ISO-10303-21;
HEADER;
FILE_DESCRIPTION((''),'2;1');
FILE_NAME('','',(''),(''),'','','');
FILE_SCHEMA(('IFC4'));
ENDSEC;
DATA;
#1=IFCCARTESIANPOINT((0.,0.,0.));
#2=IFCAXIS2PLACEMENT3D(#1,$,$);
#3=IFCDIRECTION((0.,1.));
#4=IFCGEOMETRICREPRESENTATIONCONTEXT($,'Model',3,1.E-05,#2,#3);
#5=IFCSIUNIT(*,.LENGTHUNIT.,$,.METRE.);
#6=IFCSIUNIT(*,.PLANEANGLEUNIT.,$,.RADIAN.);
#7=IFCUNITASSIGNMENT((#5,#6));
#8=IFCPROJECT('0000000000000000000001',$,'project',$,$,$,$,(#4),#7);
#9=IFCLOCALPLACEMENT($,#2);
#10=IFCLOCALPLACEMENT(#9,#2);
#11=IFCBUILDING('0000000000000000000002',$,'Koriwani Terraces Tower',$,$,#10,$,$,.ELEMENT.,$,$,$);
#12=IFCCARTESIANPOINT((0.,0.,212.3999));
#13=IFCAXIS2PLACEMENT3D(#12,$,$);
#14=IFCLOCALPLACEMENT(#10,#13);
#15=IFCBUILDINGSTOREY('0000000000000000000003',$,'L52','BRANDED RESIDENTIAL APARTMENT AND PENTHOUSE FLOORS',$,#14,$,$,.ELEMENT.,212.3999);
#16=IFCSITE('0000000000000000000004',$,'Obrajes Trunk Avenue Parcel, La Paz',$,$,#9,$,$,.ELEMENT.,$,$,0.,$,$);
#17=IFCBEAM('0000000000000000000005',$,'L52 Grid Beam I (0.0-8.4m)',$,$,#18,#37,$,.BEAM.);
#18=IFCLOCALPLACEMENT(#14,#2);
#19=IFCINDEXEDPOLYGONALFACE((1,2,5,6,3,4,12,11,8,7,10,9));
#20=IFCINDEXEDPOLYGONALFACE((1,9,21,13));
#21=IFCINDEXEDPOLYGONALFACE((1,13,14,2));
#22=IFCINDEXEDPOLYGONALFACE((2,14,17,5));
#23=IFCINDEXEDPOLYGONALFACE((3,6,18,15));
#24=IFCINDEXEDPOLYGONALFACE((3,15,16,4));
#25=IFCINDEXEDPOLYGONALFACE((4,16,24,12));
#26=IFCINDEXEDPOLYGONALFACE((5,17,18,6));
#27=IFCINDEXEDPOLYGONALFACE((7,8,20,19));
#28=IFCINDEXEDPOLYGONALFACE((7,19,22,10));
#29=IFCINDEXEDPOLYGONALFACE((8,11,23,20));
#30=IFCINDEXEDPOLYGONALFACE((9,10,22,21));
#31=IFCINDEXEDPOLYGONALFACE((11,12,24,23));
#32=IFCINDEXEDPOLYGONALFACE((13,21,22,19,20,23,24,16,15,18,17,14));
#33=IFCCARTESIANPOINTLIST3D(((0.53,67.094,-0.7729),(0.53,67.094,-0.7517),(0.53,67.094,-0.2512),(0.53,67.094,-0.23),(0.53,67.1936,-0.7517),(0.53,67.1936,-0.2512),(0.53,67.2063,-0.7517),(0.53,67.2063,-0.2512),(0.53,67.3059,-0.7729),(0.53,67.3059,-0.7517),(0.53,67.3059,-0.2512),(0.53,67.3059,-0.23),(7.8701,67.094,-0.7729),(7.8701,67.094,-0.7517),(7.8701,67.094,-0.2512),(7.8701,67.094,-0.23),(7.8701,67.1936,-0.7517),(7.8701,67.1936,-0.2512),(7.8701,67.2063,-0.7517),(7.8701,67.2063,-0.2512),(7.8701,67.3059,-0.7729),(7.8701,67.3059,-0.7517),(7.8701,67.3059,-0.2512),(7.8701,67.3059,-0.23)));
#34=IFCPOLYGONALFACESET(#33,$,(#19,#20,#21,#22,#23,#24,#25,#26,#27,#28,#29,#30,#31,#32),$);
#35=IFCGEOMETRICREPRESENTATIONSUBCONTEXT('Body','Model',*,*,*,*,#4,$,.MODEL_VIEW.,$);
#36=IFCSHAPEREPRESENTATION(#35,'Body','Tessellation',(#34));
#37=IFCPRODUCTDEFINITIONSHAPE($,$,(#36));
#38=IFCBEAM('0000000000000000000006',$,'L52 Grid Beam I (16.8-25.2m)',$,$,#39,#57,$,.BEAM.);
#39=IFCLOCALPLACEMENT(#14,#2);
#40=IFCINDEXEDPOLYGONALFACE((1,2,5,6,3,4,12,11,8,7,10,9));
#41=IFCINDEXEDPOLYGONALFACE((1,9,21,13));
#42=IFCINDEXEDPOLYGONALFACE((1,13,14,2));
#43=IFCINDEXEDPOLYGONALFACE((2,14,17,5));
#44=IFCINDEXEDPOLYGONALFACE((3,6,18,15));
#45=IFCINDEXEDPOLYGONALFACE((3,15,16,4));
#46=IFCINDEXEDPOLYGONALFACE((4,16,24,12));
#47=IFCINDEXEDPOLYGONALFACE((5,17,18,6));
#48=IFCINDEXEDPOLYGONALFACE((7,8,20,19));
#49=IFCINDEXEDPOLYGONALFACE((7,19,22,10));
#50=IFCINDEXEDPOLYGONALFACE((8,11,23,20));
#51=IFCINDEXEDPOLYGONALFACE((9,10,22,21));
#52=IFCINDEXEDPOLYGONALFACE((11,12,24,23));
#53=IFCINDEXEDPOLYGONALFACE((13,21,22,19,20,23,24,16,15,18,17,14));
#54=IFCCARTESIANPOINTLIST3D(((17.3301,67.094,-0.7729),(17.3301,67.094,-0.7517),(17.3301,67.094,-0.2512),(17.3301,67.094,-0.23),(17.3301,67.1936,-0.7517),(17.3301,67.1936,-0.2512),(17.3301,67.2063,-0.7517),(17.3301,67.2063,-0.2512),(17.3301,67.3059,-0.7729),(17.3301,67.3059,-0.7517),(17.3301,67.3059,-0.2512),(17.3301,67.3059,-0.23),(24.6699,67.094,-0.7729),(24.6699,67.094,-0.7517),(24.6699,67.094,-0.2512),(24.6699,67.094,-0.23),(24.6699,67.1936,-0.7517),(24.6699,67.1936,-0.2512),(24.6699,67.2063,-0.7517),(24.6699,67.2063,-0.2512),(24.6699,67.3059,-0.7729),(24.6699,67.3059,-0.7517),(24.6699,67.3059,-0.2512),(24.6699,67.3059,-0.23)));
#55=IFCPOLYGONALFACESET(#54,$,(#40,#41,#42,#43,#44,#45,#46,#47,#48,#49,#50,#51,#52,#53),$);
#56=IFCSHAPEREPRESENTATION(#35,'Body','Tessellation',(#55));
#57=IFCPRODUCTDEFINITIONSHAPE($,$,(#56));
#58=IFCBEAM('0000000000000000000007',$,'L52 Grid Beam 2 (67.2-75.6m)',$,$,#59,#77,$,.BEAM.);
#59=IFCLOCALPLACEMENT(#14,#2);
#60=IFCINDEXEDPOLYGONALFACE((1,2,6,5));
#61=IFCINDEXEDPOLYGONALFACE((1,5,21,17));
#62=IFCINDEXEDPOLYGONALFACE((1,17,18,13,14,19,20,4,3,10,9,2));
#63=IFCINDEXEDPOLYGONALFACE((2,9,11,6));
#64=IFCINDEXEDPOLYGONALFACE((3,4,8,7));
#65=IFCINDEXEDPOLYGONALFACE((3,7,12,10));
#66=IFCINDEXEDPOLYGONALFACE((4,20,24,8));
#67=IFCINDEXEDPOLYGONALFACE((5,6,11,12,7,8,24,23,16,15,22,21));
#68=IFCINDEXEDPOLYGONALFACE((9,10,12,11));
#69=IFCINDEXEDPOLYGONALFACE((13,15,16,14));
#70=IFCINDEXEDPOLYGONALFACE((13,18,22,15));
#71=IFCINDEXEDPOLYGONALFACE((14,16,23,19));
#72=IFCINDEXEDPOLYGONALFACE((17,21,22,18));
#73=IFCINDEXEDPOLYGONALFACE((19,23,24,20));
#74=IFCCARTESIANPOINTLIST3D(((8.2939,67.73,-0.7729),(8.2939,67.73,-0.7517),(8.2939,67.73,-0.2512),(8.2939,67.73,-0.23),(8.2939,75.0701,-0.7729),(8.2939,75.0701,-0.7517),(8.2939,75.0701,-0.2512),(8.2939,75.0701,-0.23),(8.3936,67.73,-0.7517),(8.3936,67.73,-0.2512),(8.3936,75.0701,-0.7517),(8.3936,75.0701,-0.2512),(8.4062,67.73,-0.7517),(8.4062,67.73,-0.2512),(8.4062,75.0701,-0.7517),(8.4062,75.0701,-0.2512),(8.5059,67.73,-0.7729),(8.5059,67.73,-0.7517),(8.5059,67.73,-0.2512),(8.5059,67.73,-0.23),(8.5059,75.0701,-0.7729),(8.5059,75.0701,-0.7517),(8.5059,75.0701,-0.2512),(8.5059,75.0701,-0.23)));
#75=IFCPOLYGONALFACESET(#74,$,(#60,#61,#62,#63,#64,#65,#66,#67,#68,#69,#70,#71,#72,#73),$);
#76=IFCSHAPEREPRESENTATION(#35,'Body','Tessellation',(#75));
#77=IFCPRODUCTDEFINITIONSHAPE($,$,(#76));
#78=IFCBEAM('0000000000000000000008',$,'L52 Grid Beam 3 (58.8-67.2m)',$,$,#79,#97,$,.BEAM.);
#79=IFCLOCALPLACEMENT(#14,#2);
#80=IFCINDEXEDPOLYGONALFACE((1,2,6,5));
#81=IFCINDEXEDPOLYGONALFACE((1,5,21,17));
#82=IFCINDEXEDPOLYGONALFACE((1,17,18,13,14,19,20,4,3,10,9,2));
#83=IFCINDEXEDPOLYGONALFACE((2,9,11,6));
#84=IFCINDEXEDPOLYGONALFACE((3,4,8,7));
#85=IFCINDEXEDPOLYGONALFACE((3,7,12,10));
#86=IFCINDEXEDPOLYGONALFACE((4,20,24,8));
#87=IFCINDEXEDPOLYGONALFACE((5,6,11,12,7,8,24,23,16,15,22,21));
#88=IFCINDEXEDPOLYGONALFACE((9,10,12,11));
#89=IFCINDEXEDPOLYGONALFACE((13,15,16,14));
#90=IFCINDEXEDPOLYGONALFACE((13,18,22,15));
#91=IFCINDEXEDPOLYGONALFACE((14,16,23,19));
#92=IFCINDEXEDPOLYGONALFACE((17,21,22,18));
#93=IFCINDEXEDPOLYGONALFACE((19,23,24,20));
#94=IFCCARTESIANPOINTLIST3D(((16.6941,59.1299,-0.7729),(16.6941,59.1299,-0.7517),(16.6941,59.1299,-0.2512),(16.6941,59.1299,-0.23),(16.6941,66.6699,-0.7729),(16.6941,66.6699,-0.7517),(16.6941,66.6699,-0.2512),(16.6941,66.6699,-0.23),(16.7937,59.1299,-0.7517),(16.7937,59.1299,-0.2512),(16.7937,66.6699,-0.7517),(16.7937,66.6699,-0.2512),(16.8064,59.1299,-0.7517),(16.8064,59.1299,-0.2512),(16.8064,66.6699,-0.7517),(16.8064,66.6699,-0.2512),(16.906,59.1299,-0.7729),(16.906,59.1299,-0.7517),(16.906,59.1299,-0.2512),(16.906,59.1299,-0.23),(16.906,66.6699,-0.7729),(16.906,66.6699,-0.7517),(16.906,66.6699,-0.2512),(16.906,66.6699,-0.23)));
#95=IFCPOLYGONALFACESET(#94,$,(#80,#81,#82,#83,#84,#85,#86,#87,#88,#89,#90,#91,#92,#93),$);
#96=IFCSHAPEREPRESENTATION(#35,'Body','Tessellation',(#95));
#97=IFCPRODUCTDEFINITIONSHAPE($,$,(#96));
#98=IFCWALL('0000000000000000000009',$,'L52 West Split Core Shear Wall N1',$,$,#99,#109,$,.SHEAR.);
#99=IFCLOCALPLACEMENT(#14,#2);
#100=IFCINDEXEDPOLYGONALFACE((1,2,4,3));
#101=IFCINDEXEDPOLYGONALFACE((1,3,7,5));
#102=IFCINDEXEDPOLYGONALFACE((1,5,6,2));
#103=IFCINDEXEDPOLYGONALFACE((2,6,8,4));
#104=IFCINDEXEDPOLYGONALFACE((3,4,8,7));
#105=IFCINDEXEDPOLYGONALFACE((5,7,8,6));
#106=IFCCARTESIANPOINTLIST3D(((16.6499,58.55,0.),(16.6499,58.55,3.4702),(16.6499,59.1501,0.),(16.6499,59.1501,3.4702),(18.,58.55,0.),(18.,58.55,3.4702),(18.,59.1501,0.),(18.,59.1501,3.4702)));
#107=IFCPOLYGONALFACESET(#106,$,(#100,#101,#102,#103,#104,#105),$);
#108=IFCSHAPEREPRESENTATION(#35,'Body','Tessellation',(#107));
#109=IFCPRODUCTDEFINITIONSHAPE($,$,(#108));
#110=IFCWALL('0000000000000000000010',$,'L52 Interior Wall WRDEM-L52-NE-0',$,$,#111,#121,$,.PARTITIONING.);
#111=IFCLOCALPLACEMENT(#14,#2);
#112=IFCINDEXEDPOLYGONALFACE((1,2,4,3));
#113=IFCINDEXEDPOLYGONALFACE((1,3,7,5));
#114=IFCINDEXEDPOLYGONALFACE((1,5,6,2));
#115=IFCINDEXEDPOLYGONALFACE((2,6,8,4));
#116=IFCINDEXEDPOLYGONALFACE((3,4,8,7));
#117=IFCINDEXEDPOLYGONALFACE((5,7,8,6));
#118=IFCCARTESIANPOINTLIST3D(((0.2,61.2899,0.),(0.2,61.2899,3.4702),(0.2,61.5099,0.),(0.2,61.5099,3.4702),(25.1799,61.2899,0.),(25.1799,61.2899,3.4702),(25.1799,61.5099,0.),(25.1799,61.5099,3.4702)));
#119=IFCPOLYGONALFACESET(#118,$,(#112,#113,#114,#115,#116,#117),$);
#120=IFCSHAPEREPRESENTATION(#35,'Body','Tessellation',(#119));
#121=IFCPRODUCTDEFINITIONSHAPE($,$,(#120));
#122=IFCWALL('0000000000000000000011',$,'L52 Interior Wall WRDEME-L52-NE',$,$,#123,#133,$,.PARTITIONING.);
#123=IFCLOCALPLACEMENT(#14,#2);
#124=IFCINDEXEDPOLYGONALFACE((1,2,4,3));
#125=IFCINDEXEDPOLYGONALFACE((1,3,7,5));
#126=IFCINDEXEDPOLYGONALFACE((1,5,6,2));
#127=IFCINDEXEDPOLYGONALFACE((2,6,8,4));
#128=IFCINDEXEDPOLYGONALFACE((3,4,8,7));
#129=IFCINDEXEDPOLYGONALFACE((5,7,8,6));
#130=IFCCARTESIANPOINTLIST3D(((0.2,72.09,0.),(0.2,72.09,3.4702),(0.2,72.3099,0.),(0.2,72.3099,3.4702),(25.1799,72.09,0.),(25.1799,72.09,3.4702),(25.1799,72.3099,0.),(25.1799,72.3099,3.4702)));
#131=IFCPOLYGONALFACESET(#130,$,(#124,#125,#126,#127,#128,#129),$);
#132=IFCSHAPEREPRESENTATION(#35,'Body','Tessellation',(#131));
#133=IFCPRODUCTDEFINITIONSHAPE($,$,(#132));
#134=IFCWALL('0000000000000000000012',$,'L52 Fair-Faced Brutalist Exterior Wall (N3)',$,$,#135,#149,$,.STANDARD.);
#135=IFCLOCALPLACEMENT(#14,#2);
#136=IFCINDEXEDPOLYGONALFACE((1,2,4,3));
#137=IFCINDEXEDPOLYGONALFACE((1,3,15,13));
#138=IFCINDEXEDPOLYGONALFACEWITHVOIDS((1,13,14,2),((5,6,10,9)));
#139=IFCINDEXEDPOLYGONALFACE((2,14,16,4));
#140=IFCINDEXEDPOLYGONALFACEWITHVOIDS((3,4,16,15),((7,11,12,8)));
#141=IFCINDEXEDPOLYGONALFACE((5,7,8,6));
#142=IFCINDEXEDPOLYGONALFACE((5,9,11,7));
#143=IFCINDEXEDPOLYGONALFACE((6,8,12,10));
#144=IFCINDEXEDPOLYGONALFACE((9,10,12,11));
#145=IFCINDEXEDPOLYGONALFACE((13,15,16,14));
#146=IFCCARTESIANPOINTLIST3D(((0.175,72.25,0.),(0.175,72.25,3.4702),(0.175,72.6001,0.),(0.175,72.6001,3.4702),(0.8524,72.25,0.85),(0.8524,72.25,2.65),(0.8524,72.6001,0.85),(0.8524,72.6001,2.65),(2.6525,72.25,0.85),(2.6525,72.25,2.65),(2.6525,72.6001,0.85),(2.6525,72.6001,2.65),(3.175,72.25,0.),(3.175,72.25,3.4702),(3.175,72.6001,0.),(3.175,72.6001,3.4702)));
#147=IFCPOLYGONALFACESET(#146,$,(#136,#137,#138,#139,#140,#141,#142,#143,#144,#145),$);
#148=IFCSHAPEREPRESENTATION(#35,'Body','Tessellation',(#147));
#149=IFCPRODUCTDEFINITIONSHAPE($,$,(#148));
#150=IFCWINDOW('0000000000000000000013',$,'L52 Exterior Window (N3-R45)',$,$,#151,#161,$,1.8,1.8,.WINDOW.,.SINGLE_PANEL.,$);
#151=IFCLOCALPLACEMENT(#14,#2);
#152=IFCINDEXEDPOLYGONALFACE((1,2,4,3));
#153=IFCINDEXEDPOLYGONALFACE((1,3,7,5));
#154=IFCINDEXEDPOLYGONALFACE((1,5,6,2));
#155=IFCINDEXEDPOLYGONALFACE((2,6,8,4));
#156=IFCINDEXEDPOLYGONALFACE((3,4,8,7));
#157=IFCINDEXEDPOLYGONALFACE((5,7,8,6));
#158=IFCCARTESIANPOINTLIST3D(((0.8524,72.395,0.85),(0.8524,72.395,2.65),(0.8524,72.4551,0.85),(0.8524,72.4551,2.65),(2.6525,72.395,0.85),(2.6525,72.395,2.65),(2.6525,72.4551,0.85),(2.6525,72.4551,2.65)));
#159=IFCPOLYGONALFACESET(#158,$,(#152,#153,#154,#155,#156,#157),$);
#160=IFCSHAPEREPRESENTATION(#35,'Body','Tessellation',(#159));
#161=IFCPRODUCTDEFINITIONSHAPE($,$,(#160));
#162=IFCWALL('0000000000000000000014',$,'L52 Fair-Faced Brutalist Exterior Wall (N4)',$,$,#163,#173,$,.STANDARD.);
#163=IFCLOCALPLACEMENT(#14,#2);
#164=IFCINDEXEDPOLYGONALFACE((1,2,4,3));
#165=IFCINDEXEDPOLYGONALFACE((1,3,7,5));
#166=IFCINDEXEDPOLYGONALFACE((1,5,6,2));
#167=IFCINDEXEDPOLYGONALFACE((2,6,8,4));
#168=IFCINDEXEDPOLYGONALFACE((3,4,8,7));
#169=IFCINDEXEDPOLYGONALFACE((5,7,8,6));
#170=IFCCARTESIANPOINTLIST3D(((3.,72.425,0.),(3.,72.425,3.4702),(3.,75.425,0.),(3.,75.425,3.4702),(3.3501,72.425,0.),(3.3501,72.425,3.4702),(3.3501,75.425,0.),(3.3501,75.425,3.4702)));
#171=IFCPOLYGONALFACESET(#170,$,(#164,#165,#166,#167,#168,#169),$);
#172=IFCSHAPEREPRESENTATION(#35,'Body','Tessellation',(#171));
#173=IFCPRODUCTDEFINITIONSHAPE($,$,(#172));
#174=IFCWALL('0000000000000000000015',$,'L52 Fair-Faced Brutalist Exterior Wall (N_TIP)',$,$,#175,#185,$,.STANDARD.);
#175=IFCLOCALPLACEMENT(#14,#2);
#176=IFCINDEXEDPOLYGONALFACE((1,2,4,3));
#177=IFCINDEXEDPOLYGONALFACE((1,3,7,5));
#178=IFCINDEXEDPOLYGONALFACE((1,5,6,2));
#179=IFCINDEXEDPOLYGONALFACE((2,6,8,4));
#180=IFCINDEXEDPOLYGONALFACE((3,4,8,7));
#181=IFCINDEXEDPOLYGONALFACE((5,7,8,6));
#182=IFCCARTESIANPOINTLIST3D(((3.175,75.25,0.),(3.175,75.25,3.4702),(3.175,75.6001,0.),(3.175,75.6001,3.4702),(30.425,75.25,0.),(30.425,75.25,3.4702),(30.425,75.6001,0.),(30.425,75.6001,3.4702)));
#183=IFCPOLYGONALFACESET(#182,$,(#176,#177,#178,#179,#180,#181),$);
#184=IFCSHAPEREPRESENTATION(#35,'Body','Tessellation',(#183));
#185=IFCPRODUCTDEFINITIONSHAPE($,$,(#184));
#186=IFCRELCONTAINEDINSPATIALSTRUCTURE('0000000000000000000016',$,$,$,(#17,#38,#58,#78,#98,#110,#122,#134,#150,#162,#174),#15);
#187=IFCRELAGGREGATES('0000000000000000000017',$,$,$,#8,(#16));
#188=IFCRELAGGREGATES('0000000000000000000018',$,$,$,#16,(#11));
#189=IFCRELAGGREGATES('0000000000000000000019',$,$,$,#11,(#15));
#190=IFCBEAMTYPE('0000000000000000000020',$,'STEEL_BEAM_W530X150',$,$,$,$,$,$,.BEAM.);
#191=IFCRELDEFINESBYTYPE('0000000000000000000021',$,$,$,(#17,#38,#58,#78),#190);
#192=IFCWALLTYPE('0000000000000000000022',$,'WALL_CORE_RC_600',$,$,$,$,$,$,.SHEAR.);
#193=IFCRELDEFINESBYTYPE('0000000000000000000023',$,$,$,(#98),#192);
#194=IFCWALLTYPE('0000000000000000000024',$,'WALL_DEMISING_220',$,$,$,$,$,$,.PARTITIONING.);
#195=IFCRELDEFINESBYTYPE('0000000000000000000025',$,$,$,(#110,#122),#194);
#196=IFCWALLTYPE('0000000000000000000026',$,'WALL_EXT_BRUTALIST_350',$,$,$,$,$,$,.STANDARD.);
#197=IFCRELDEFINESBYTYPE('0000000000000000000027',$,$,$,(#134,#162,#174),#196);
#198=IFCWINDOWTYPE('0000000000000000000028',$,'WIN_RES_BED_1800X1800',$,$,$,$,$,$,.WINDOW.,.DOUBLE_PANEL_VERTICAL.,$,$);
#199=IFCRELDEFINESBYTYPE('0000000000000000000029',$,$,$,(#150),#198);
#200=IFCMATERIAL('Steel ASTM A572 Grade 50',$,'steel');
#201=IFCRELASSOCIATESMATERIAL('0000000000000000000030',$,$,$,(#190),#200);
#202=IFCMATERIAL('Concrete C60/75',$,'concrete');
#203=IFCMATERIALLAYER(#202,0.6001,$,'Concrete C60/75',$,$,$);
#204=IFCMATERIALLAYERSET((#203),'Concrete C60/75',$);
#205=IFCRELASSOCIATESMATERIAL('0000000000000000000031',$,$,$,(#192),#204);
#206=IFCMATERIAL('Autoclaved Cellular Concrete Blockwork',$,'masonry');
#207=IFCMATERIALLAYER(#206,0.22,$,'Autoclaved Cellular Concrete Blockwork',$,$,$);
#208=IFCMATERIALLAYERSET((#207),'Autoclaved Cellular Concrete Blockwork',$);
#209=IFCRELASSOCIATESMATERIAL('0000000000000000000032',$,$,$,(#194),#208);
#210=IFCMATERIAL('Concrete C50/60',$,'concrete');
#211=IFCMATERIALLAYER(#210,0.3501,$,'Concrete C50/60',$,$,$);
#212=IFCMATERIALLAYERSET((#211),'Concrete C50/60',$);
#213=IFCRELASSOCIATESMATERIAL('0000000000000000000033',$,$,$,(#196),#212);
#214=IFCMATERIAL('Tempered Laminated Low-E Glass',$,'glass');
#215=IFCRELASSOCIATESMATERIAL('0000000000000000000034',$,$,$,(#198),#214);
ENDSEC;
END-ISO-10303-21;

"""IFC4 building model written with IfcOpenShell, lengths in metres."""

from ifc_helpers import new_model, si_unit, direction, frame, frame_2d, origin, origin_2d, place, context, subcontext, project, spatial, rectangle, i_section, extrude, material, layer, layer_set, material_profile, profile_set, type_object, element, fill, save


model = new_model("IFC4")

# Units and contexts
model_context = context("Model", 3, precision=1e-05, world=origin(), true_north=direction((0.0, 1.0)))
body_context = subcontext(model_context, "Body", "Model", "MODEL_VIEW")
ifc_project = project(units=[si_unit("LENGTHUNIT", "METRE"), si_unit("PLANEANGLEUNIT", "RADIAN")], contexts=[model_context])

# Site, building, storey
site_placement = place(None, origin())
site = spatial("IfcSite", under=ifc_project, at=site_placement, Name="Obrajes Trunk Avenue Parcel, La Paz", CompositionType="ELEMENT", RefElevation=0.0)
building_placement = place(site_placement, origin())
building = spatial("IfcBuilding", under=site, at=building_placement, Name="Koriwani Terraces Tower", CompositionType="ELEMENT")
storey_placement = place(building_placement, frame((0.0, 0.0, 212.3999)))
storey = spatial("IfcBuildingStorey", under=building, at=storey_placement, Name="L52", Description="BRANDED RESIDENTIAL APARTMENT AND PENTHOUSE FLOORS", CompositionType="ELEMENT", Elevation=212.3999)

# Shared definitions
ifc_material_1 = material(Name="Concrete C50/60", Category="concrete")

# Beams
ifc_material_2 = material(Name="Concrete C60/75", Category="concrete")
ifc_material_3 = material(Name="Steel ASTM A572 Grade 50", Category="steel")
ifc_material_profile_1 = material_profile(ifc_material_3, i_section(OverallWidth=0.2119, OverallDepth=0.543, WebThickness=0.0127, FlangeThickness=0.0212, at=origin_2d()), Name="Steel ASTM A572 Grade 50", Category="LoadBearing")
ifc_profile_set_1 = profile_set([ifc_material_profile_1], Name="Steel ASTM A572 Grade 50")
beam_type_1 = type_object("IfcBeamType", Name="STEEL_BEAM_W530X150", PredefinedType="BEAM", material=ifc_profile_set_1)
beam_1_placement = place(storey_placement, frame((0.53, 67.2, -0.5015), z_axis=(1.0, 0.0, 0.0), x_axis=(0.0, 1.0, 0.0)))
element("IfcBeam", 1, at=beam_1_placement, inside=storey, type_object=beam_type_1, Name="L52 Grid Beam I (0.0-8.4m)", PredefinedType="BEAM", context=body_context, shape_type="SweptSolid", body=[
    extrude(i_section(OverallWidth=0.2119, OverallDepth=0.543, WebThickness=0.0127, FlangeThickness=0.0212, at=origin_2d()), origin(), (0.0, 0.0, 1.0), 7.3401),
])
beam_2_placement = place(storey_placement, frame((17.3301, 67.2, -0.5015), z_axis=(1.0, 0.0, 0.0), x_axis=(0.0, 1.0, 0.0)))
element("IfcBeam", 2, at=beam_2_placement, inside=storey, type_object=beam_type_1, Name="L52 Grid Beam I (16.8-25.2m)", PredefinedType="BEAM", context=body_context, shape_type="SweptSolid", body=[
    extrude(i_section(OverallWidth=0.2119, OverallDepth=0.543, WebThickness=0.0127, FlangeThickness=0.0212, at=origin_2d()), origin(), (0.0, 0.0, 1.0), 7.3398),
])
beam_3_placement = place(storey_placement, frame((8.3999, 67.73, -0.5015), z_axis=(0.0, 1.0, 0.0), x_axis=(-1.0, 0.0, 0.0)))
element("IfcBeam", 3, at=beam_3_placement, inside=storey, type_object=beam_type_1, Name="L52 Grid Beam 2 (67.2-75.6m)", PredefinedType="BEAM", context=body_context, shape_type="SweptSolid", body=[
    extrude(i_section(OverallWidth=0.2119, OverallDepth=0.543, WebThickness=0.0127, FlangeThickness=0.0212, at=origin_2d()), origin(), (0.0, 0.0, 1.0), 7.3401),
])
beam_4_placement = place(storey_placement, frame((16.8, 59.1299, -0.5015), z_axis=(0.0, 1.0, 0.0), x_axis=(-1.0, 0.0, 0.0)))
element("IfcBeam", 4, at=beam_4_placement, inside=storey, type_object=beam_type_1, Name="L52 Grid Beam 3 (58.8-67.2m)", PredefinedType="BEAM", context=body_context, shape_type="SweptSolid", body=[
    extrude(i_section(OverallWidth=0.2119, OverallDepth=0.543, WebThickness=0.0127, FlangeThickness=0.0212, at=origin_2d()), origin(), (0.0, 0.0, 1.0), 7.54),
])

# Walls
ifc_layer_1 = layer(ifc_material_2, 0.6001, Name="Concrete C60/75")
ifc_layer_set_1 = layer_set([ifc_layer_1], Name="Concrete C60/75")
wall_type_1 = type_object("IfcWallType", Name="WALL_CORE_RC_600", PredefinedType="SHEAR", material=ifc_layer_set_1)
wall_1_placement = place(storey_placement, frame((16.6499, 58.8501, 0.0), z_axis=(0.0, 0.0, 1.0), x_axis=(1.0, 0.0, 0.0)))
element("IfcWall", 5, at=wall_1_placement, inside=storey, type_object=wall_type_1, Name="L52 West Split Core Shear Wall N1", PredefinedType="SHEAR", context=body_context, shape_type="SweptSolid", body=[
    extrude(rectangle(XDim=1.3501, YDim=0.6001, at=frame_2d((0.675, 0.0))), origin(), (0.0, 0.0, 1.0), 3.4702),
])
ifc_material_4 = material(Name="Autoclaved Cellular Concrete Blockwork", Category="masonry")
ifc_layer_2 = layer(ifc_material_4, 0.22, Name="Autoclaved Cellular Concrete Blockwork")
ifc_layer_set_2 = layer_set([ifc_layer_2], Name="Autoclaved Cellular Concrete Blockwork")
wall_type_2 = type_object("IfcWallType", Name="WALL_DEMISING_220", PredefinedType="PARTITIONING", material=ifc_layer_set_2)
for number, where, z_axis, x_axis, name in (
    (6, (0.2, 61.3999, 0.0), (0.0, 0.0, 1.0), (1.0, 0.0, 0.0), "L52 Interior Wall WRDEM-L52-NE-0"),
    (7, (0.2, 72.2, 0.0), (0.0, 0.0, 1.0), (1.0, 0.0, 0.0), "L52 Interior Wall WRDEME-L52-NE"),
):
    element("IfcWall", number, at=place(storey_placement, frame(where, z_axis=z_axis, x_axis=x_axis)), inside=storey, type_object=wall_type_2, Name=name, PredefinedType="PARTITIONING", context=body_context, shape_type="SweptSolid", body=[
        extrude(rectangle(XDim=24.98, YDim=0.22, at=frame_2d((12.49, 0.0))), origin(), (0.0, 0.0, 1.0), 3.4702),
    ])

# Wall, opening, window
ifc_layer_3 = layer(ifc_material_1, 0.3501, Name="Concrete C50/60")
ifc_layer_set_3 = layer_set([ifc_layer_3], Name="Concrete C50/60")
wall_type_3 = type_object("IfcWallType", Name="WALL_EXT_BRUTALIST_350", PredefinedType="STANDARD", material=ifc_layer_set_3)
wall_2_placement = place(storey_placement, frame((0.175, 72.425, 0.0), z_axis=(0.0, 0.0, 1.0), x_axis=(1.0, 0.0, 0.0)))
wall_2 = element("IfcWall", 8, at=wall_2_placement, inside=storey, type_object=wall_type_3, Name="L52 Fair-Faced Brutalist Exterior Wall (N3)", PredefinedType="STANDARD", context=body_context, shape_type="SweptSolid", body=[
    extrude(rectangle(XDim=3.0, YDim=0.3501, at=frame_2d((1.5, 0.0))), origin(), (0.0, 0.0, 1.0), 3.4702),
])
opening_1_placement = place(wall_2_placement, frame((0.6775, 0.0, 0.8501)))
opening_1 = element("IfcOpeningElement", 9, at=opening_1_placement, cuts=wall_2, PredefinedType="OPENING", context=body_context, shape_type="SweptSolid", body=[
    extrude(rectangle(XDim=1.8, YDim=1.8, at=frame_2d((0.8999, 0.8999))), frame((0.0, 0.1851, 0.0), z_axis=(0.0, -1.0, 0.0), x_axis=(1.0, 0.0, 0.0)), (0.0, 0.0, 1.0), 0.3701),
])
ifc_material_5 = material(Name="Tempered Laminated Low-E Glass", Category="glass")
window_type = type_object("IfcWindowType", Name="WIN_RES_BED_1800X1800", PartitioningType="DOUBLE_PANEL_VERTICAL", PredefinedType="WINDOW", material=ifc_material_5)
window_placement = place(opening_1_placement, origin())
window = element("IfcWindow", 10, at=window_placement, inside=storey, type_object=window_type, Name="L52 Exterior Window (N3-R45)", OverallHeight=1.8, OverallWidth=1.8, PartitioningType="SINGLE_PANEL", PredefinedType="WINDOW", context=body_context, shape_type="SweptSolid", body=[
    extrude(rectangle(XDim=1.8, YDim=1.8, at=frame_2d((0.8999, 0.8999))), frame((0.0, 0.03, 0.0), z_axis=(0.0, -1.0, 0.0), x_axis=(1.0, 0.0, 0.0)), (0.0, 0.0, 1.0), 0.0601),
])
fill(opening_1, window)

# Walls
wall_3_placement = place(storey_placement, frame((3.175, 72.425, 0.0), z_axis=(0.0, 0.0, 1.0), x_axis=(0.0, 1.0, 0.0)))
element("IfcWall", 11, at=wall_3_placement, inside=storey, type_object=wall_type_3, Name="L52 Fair-Faced Brutalist Exterior Wall (N4)", PredefinedType="STANDARD", context=body_context, shape_type="SweptSolid", body=[
    extrude(rectangle(XDim=3.0, YDim=0.3501, at=frame_2d((1.5, 0.0))), origin(), (0.0, 0.0, 1.0), 3.4702),
])
wall_4_placement = place(storey_placement, frame((3.175, 75.425, 0.0), z_axis=(0.0, 0.0, 1.0), x_axis=(1.0, 0.0, 0.0)))
element("IfcWall", 12, at=wall_4_placement, inside=storey, type_object=wall_type_3, Name="L52 Fair-Faced Brutalist Exterior Wall (N_TIP)", PredefinedType="STANDARD", context=body_context, shape_type="SweptSolid", body=[
    extrude(rectangle(XDim=27.25, YDim=0.3501, at=frame_2d((13.625, 0.0))), origin(), (0.0, 0.0, 1.0), 3.4702),
])

save(model, "model.ifc")
